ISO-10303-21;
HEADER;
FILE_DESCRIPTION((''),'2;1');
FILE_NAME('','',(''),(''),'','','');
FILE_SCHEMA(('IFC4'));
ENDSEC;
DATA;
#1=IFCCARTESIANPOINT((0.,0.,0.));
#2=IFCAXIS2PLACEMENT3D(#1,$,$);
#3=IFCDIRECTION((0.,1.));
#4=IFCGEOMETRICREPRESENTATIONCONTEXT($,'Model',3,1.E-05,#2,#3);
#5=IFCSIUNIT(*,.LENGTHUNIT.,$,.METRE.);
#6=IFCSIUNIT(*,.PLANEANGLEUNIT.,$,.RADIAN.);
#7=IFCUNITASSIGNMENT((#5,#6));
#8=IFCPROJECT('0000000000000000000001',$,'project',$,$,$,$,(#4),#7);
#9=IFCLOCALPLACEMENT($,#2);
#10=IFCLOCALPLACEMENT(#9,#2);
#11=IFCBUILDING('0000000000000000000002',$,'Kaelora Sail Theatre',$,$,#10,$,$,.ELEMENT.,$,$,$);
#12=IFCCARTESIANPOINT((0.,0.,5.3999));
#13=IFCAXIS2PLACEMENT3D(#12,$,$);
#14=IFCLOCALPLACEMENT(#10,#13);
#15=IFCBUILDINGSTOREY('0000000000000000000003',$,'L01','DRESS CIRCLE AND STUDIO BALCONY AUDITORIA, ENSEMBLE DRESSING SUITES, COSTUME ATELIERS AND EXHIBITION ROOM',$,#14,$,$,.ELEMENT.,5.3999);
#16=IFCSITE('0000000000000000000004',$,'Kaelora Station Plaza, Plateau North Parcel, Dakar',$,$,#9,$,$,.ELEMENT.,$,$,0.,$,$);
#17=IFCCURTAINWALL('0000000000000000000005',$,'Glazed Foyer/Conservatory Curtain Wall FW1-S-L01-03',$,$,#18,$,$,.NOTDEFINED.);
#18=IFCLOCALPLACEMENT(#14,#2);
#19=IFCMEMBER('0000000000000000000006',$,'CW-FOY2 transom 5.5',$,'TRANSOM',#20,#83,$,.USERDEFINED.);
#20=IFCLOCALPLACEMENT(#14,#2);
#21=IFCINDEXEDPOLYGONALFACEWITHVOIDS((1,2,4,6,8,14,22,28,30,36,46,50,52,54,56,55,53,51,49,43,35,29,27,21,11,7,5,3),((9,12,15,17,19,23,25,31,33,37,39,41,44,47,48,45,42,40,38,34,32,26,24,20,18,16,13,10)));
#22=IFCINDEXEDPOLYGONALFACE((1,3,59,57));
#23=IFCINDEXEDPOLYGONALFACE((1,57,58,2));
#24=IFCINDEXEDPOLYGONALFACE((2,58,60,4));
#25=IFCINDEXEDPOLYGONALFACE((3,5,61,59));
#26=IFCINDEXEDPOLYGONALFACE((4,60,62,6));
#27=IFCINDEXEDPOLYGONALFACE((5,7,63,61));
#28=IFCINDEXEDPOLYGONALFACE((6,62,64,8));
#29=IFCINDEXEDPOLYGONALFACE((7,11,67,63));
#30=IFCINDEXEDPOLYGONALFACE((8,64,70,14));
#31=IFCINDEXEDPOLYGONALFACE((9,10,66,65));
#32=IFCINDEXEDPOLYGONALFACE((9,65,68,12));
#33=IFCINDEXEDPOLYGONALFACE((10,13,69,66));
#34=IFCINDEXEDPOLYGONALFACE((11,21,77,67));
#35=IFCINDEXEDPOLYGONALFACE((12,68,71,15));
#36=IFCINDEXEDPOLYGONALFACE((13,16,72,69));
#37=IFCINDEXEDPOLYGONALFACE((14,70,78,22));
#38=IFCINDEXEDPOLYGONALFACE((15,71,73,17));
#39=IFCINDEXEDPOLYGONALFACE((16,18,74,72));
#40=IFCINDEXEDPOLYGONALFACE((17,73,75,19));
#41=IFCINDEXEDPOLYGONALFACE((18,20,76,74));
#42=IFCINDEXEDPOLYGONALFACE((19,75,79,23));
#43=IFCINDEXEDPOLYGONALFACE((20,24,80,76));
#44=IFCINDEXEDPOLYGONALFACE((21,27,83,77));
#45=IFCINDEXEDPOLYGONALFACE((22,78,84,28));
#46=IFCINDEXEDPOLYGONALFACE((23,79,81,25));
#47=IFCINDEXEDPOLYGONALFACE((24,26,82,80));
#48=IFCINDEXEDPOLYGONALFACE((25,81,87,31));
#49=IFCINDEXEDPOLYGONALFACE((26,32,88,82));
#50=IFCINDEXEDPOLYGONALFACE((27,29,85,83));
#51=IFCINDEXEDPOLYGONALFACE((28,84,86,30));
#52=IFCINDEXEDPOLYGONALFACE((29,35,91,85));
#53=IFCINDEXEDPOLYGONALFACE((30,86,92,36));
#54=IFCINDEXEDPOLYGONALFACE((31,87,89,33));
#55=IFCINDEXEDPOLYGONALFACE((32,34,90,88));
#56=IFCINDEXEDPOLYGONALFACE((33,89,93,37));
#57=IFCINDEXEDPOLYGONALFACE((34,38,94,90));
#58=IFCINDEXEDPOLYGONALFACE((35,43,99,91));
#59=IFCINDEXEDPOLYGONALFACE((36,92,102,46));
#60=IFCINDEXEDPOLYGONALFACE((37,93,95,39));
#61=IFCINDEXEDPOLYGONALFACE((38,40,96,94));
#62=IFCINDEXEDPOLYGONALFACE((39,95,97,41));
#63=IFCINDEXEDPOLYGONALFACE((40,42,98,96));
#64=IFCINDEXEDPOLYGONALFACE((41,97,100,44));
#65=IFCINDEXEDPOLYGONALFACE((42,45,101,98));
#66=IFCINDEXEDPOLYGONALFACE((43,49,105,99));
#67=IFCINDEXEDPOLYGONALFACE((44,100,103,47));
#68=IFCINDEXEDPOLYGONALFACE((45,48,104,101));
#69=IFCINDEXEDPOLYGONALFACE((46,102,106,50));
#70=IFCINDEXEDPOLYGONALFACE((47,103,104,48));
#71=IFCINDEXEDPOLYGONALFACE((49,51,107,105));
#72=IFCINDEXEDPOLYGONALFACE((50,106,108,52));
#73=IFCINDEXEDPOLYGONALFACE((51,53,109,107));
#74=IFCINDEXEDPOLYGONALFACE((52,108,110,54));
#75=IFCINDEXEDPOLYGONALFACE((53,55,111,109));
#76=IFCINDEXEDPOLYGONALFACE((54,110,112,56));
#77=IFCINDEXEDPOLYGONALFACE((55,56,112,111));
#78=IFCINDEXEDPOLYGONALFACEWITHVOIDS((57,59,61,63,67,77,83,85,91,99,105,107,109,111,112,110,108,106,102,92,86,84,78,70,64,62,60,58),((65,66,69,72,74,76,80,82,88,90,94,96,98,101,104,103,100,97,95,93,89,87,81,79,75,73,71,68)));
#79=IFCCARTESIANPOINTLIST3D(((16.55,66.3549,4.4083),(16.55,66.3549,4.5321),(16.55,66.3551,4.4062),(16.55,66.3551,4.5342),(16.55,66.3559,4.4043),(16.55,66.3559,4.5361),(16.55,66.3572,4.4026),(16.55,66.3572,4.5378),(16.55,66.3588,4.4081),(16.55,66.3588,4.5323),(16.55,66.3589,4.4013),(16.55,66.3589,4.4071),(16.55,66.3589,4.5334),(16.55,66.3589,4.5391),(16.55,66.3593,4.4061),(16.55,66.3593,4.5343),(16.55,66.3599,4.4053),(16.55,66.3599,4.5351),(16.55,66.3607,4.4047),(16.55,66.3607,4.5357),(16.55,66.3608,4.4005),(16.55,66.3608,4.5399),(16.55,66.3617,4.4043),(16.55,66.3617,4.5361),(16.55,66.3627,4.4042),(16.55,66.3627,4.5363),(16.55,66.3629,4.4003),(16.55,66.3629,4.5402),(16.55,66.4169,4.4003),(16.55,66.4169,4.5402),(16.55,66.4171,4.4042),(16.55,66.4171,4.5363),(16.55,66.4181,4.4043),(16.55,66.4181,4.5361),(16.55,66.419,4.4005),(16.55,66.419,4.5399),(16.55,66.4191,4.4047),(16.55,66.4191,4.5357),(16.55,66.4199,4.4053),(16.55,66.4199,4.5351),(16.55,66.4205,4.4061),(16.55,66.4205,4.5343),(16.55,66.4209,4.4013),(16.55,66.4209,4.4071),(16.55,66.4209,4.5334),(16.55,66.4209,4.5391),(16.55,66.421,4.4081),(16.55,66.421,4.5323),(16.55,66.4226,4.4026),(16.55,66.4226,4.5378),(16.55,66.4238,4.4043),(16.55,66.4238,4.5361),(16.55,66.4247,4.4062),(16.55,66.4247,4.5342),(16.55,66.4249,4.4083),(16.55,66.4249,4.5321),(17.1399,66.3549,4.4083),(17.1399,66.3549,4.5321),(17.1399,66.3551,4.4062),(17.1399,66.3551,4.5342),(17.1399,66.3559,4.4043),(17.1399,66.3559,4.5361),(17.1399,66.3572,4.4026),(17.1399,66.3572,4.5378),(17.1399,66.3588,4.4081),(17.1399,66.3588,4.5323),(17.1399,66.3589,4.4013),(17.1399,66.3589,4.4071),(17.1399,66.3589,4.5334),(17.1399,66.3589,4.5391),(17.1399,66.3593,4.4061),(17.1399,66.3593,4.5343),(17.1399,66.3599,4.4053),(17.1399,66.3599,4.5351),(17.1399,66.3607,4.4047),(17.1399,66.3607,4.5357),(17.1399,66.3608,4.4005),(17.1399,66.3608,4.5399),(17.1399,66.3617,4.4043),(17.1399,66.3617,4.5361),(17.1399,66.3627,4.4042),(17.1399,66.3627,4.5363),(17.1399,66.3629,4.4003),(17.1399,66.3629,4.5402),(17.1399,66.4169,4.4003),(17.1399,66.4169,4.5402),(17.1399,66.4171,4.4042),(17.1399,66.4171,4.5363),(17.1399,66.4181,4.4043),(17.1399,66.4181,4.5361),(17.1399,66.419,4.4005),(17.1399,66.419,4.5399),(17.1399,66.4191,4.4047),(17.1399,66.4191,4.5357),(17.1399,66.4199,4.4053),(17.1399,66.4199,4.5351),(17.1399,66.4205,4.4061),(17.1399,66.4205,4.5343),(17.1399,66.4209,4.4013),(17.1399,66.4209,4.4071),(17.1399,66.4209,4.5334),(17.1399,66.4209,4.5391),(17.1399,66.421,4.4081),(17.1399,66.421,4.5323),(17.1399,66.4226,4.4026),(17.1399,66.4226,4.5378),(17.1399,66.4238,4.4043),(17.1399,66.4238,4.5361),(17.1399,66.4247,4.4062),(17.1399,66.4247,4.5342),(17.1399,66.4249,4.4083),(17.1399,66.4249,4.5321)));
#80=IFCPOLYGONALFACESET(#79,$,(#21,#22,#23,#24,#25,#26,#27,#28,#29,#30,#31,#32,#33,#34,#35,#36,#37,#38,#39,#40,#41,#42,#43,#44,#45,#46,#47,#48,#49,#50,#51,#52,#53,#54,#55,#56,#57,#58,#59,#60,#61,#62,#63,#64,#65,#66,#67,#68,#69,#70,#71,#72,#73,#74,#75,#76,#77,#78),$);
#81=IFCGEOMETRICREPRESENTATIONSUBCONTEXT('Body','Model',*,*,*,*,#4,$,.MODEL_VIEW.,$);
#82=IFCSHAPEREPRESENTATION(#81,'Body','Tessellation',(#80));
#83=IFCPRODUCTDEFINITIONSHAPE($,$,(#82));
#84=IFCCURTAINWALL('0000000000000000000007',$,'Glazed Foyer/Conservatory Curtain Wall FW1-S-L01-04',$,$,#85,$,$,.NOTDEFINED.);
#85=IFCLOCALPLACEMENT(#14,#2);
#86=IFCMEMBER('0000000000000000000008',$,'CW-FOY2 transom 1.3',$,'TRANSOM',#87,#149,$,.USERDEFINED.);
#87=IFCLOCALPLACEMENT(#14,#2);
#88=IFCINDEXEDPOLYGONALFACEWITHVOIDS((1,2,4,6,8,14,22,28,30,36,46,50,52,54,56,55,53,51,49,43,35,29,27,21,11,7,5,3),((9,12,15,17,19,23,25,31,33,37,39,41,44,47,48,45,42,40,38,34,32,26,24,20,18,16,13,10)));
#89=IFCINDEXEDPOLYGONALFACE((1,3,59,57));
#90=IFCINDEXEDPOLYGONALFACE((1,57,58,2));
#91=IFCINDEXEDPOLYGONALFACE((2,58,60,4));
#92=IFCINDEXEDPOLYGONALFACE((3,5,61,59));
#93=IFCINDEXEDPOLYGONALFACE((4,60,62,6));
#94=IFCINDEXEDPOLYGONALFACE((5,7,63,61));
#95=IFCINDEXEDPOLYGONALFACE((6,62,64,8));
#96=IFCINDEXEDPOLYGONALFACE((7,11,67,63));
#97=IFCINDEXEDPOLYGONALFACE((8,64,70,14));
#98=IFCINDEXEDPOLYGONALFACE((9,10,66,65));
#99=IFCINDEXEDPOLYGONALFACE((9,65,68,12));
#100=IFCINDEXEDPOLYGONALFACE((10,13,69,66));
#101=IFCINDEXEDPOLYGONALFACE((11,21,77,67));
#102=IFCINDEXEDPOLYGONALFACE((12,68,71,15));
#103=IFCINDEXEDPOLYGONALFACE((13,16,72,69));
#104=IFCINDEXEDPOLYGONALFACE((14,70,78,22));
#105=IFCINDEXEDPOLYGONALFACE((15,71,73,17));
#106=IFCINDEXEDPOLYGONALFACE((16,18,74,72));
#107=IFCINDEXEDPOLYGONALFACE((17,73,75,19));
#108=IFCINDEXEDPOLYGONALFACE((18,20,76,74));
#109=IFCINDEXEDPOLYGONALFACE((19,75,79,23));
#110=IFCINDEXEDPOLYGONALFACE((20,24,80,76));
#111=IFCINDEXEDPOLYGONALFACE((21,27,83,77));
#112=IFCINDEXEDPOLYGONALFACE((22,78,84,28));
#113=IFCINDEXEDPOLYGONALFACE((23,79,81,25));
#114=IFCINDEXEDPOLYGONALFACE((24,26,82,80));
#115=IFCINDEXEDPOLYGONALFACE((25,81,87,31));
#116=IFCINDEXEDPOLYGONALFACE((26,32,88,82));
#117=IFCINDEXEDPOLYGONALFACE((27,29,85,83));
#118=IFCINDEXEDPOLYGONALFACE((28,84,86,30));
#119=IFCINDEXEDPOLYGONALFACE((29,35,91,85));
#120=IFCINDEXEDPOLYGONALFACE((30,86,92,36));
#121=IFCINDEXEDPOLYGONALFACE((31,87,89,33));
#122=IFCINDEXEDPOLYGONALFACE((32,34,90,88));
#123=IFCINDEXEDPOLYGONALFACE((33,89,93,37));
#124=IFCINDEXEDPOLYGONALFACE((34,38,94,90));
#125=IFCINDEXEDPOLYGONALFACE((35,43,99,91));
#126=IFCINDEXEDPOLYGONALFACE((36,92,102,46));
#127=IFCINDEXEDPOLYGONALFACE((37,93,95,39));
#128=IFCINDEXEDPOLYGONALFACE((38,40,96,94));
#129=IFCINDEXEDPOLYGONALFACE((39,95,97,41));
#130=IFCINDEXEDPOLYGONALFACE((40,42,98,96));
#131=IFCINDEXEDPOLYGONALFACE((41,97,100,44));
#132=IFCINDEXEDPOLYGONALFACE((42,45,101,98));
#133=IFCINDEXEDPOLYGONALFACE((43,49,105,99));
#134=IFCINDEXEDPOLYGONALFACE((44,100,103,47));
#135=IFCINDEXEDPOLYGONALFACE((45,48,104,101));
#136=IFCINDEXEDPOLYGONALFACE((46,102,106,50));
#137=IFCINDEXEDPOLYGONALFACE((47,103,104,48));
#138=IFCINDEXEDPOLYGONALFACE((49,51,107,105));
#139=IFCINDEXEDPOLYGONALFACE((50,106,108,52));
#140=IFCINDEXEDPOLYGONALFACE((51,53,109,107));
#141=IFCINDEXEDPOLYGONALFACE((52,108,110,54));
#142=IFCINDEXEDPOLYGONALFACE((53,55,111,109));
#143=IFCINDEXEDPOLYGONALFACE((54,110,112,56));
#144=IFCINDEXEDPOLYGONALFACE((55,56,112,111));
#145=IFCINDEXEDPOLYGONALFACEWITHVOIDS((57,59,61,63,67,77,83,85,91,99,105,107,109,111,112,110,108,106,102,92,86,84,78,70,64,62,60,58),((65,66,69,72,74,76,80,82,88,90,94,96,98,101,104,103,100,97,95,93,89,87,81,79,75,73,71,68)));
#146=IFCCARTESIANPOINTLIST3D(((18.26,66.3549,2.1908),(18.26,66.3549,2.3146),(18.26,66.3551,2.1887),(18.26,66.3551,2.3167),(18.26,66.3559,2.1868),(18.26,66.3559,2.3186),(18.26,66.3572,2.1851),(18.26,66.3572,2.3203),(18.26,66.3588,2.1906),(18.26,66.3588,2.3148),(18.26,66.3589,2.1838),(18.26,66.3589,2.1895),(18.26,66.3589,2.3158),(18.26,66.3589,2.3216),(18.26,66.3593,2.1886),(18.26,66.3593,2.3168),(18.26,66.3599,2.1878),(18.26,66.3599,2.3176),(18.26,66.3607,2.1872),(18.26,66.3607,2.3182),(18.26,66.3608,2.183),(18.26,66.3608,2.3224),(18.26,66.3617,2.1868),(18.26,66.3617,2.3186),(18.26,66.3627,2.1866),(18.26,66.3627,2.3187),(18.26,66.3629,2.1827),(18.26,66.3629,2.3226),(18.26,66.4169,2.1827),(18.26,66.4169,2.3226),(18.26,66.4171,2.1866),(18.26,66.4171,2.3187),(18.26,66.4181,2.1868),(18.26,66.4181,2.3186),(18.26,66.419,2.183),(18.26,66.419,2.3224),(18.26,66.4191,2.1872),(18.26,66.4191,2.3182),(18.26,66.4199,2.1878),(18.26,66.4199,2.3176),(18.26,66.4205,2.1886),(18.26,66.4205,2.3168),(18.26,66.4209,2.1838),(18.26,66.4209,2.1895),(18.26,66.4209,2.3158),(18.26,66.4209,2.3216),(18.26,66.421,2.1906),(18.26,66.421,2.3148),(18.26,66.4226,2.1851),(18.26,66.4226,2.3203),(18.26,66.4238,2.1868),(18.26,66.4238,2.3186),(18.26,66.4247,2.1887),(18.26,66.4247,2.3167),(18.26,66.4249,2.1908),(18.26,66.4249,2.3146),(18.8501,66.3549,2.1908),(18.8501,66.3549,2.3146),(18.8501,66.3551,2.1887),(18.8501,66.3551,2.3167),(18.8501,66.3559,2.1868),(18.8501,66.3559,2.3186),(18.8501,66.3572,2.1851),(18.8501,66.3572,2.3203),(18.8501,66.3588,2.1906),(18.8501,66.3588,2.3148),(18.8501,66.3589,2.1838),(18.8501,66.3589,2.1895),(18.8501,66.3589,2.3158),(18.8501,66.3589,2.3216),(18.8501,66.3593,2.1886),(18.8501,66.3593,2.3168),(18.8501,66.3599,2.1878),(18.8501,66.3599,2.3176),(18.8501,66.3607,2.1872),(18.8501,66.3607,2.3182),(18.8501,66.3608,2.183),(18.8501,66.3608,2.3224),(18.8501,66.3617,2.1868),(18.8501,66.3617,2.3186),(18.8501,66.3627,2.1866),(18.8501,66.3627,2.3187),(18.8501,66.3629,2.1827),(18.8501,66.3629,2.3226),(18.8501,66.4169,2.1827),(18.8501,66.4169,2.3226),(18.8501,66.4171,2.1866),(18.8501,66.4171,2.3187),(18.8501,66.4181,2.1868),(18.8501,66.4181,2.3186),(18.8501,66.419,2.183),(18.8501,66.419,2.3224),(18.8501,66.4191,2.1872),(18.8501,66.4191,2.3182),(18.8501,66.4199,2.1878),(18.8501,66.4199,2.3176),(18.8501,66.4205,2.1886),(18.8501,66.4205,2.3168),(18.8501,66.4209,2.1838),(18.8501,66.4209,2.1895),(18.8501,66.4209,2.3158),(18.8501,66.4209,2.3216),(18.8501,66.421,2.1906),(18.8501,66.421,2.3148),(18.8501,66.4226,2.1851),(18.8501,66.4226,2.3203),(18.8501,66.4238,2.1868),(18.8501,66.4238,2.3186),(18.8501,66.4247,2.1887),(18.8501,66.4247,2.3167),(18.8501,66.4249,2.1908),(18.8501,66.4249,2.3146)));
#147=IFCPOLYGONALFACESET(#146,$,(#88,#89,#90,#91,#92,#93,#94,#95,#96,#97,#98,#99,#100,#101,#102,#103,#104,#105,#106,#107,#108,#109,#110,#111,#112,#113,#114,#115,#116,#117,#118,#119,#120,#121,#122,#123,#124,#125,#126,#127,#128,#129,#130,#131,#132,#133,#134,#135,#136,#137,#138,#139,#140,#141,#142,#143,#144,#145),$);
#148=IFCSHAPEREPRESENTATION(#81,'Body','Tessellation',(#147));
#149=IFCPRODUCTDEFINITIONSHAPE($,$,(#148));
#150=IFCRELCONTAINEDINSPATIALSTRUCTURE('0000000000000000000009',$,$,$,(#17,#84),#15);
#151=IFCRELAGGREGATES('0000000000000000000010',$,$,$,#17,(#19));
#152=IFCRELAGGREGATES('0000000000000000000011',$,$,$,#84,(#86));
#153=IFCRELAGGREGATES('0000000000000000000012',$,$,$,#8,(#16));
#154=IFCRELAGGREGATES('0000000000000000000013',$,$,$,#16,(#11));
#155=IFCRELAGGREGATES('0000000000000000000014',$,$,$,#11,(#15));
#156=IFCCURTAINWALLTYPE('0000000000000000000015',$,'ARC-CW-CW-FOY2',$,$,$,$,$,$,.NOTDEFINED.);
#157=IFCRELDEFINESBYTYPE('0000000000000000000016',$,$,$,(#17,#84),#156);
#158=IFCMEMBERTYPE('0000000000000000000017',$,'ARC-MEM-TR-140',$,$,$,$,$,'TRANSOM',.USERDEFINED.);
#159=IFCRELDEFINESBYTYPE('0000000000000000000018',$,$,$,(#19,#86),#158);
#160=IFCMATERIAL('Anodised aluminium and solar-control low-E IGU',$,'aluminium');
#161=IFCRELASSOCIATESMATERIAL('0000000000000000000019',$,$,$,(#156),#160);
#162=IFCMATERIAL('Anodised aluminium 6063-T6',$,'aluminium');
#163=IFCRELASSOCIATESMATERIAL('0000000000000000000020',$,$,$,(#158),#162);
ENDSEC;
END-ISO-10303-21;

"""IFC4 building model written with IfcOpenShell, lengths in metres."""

from ifc_helpers import new_model, si_unit, direction, frame, origin, origin_2d, place, context, subcontext, project, spatial, hollow_rectangle, extrude, material, material_profile, profile_set, type_object, element, aggregate, save


model = new_model("IFC4")

# Units and contexts
model_context = context("Model", 3, precision=1e-05, world=origin(), true_north=direction((0.0, 1.0)))
body_context = subcontext(model_context, "Body", "Model", "MODEL_VIEW")
ifc_project = project(units=[si_unit("LENGTHUNIT", "METRE"), si_unit("PLANEANGLEUNIT", "RADIAN")], contexts=[model_context])

# Site, building, storey
site_placement = place(None, origin())
site = spatial("IfcSite", under=ifc_project, at=site_placement, Name="Kaelora Station Plaza, Plateau North Parcel, Dakar", CompositionType="ELEMENT", RefElevation=0.0)
building_placement = place(site_placement, origin())
building = spatial("IfcBuilding", under=site, at=building_placement, Name="Kaelora Sail Theatre", CompositionType="ELEMENT")
storey_placement = place(building_placement, frame((0.0, 0.0, 5.3999)))
storey = spatial("IfcBuildingStorey", under=building, at=storey_placement, Name="L01", Description="DRESS CIRCLE AND STUDIO BALCONY AUDITORIA, ENSEMBLE DRESSING SUITES, COSTUME ATELIERS AND EXHIBITION ROOM", CompositionType="ELEMENT", Elevation=5.3999)

# Curtain walls, members
ifc_material_1 = material(Name="Anodised aluminium and solar-control low-E IGU", Category="aluminium")
curtain_wall_type = type_object("IfcCurtainWallType", Name="ARC-CW-CW-FOY2", PredefinedType="NOTDEFINED", material=ifc_material_1)
curtain_wall_1_placement = place(storey_placement, origin())
curtain_wall_1 = element("IfcCurtainWall", 1, at=curtain_wall_1_placement, inside=storey, type_object=curtain_wall_type, Name="Glazed Foyer/Conservatory Curtain Wall FW1-S-L01-03", PredefinedType="NOTDEFINED")
ifc_material_2 = material(Name="Anodised aluminium 6063-T6", Category="aluminium")
ifc_material_profile = material_profile(ifc_material_2, hollow_rectangle(XDim=0.0701, YDim=0.1399, WallThickness=0.0039, InnerFilletRadius=0.0039, OuterFilletRadius=0.0081, at=origin_2d()), Name="ALU-TRAN 70x140x4")
ifc_profile_set = profile_set([ifc_material_profile], Name="Anodised aluminium 6063-T6")
member_type = type_object("IfcMemberType", Name="ARC-MEM-TR-140", ElementType="TRANSOM", PredefinedType="USERDEFINED", material=ifc_profile_set)
member_1_placement = place(storey_placement, frame((16.55, 66.3899, 4.4702), z_axis=(1.0, 0.0, 0.0), x_axis=(0.0, 1.0, 0.0)))
member_1 = element("IfcMember", 2, at=member_1_placement, type_object=member_type, Name="CW-FOY2 transom 5.5", ObjectType="TRANSOM", PredefinedType="USERDEFINED", context=body_context, shape_type="SweptSolid", body=[
    extrude(hollow_rectangle(XDim=0.0701, YDim=0.1399, WallThickness=0.0039, InnerFilletRadius=0.0039, OuterFilletRadius=0.0081, at=origin_2d()), origin(), (0.0, 0.0, 1.0), 0.5898),
])
curtain_wall_2_placement = place(storey_placement, origin())
curtain_wall_2 = element("IfcCurtainWall", 3, at=curtain_wall_2_placement, inside=storey, type_object=curtain_wall_type, Name="Glazed Foyer/Conservatory Curtain Wall FW1-S-L01-04", PredefinedType="NOTDEFINED")
member_2_placement = place(storey_placement, frame((18.26, 66.3899, 2.2527), z_axis=(1.0, 0.0, 0.0), x_axis=(0.0, 1.0, 0.0)))
member_2 = element("IfcMember", 4, at=member_2_placement, type_object=member_type, Name="CW-FOY2 transom 1.3", ObjectType="TRANSOM", PredefinedType="USERDEFINED", context=body_context, shape_type="SweptSolid", body=[
    extrude(hollow_rectangle(XDim=0.0701, YDim=0.1399, WallThickness=0.0039, InnerFilletRadius=0.0039, OuterFilletRadius=0.0081, at=origin_2d()), origin(), (0.0, 0.0, 1.0), 0.5901),
])

aggregate(curtain_wall_1, [member_1])
aggregate(curtain_wall_2, [member_2])

save(model, "model.ifc")
